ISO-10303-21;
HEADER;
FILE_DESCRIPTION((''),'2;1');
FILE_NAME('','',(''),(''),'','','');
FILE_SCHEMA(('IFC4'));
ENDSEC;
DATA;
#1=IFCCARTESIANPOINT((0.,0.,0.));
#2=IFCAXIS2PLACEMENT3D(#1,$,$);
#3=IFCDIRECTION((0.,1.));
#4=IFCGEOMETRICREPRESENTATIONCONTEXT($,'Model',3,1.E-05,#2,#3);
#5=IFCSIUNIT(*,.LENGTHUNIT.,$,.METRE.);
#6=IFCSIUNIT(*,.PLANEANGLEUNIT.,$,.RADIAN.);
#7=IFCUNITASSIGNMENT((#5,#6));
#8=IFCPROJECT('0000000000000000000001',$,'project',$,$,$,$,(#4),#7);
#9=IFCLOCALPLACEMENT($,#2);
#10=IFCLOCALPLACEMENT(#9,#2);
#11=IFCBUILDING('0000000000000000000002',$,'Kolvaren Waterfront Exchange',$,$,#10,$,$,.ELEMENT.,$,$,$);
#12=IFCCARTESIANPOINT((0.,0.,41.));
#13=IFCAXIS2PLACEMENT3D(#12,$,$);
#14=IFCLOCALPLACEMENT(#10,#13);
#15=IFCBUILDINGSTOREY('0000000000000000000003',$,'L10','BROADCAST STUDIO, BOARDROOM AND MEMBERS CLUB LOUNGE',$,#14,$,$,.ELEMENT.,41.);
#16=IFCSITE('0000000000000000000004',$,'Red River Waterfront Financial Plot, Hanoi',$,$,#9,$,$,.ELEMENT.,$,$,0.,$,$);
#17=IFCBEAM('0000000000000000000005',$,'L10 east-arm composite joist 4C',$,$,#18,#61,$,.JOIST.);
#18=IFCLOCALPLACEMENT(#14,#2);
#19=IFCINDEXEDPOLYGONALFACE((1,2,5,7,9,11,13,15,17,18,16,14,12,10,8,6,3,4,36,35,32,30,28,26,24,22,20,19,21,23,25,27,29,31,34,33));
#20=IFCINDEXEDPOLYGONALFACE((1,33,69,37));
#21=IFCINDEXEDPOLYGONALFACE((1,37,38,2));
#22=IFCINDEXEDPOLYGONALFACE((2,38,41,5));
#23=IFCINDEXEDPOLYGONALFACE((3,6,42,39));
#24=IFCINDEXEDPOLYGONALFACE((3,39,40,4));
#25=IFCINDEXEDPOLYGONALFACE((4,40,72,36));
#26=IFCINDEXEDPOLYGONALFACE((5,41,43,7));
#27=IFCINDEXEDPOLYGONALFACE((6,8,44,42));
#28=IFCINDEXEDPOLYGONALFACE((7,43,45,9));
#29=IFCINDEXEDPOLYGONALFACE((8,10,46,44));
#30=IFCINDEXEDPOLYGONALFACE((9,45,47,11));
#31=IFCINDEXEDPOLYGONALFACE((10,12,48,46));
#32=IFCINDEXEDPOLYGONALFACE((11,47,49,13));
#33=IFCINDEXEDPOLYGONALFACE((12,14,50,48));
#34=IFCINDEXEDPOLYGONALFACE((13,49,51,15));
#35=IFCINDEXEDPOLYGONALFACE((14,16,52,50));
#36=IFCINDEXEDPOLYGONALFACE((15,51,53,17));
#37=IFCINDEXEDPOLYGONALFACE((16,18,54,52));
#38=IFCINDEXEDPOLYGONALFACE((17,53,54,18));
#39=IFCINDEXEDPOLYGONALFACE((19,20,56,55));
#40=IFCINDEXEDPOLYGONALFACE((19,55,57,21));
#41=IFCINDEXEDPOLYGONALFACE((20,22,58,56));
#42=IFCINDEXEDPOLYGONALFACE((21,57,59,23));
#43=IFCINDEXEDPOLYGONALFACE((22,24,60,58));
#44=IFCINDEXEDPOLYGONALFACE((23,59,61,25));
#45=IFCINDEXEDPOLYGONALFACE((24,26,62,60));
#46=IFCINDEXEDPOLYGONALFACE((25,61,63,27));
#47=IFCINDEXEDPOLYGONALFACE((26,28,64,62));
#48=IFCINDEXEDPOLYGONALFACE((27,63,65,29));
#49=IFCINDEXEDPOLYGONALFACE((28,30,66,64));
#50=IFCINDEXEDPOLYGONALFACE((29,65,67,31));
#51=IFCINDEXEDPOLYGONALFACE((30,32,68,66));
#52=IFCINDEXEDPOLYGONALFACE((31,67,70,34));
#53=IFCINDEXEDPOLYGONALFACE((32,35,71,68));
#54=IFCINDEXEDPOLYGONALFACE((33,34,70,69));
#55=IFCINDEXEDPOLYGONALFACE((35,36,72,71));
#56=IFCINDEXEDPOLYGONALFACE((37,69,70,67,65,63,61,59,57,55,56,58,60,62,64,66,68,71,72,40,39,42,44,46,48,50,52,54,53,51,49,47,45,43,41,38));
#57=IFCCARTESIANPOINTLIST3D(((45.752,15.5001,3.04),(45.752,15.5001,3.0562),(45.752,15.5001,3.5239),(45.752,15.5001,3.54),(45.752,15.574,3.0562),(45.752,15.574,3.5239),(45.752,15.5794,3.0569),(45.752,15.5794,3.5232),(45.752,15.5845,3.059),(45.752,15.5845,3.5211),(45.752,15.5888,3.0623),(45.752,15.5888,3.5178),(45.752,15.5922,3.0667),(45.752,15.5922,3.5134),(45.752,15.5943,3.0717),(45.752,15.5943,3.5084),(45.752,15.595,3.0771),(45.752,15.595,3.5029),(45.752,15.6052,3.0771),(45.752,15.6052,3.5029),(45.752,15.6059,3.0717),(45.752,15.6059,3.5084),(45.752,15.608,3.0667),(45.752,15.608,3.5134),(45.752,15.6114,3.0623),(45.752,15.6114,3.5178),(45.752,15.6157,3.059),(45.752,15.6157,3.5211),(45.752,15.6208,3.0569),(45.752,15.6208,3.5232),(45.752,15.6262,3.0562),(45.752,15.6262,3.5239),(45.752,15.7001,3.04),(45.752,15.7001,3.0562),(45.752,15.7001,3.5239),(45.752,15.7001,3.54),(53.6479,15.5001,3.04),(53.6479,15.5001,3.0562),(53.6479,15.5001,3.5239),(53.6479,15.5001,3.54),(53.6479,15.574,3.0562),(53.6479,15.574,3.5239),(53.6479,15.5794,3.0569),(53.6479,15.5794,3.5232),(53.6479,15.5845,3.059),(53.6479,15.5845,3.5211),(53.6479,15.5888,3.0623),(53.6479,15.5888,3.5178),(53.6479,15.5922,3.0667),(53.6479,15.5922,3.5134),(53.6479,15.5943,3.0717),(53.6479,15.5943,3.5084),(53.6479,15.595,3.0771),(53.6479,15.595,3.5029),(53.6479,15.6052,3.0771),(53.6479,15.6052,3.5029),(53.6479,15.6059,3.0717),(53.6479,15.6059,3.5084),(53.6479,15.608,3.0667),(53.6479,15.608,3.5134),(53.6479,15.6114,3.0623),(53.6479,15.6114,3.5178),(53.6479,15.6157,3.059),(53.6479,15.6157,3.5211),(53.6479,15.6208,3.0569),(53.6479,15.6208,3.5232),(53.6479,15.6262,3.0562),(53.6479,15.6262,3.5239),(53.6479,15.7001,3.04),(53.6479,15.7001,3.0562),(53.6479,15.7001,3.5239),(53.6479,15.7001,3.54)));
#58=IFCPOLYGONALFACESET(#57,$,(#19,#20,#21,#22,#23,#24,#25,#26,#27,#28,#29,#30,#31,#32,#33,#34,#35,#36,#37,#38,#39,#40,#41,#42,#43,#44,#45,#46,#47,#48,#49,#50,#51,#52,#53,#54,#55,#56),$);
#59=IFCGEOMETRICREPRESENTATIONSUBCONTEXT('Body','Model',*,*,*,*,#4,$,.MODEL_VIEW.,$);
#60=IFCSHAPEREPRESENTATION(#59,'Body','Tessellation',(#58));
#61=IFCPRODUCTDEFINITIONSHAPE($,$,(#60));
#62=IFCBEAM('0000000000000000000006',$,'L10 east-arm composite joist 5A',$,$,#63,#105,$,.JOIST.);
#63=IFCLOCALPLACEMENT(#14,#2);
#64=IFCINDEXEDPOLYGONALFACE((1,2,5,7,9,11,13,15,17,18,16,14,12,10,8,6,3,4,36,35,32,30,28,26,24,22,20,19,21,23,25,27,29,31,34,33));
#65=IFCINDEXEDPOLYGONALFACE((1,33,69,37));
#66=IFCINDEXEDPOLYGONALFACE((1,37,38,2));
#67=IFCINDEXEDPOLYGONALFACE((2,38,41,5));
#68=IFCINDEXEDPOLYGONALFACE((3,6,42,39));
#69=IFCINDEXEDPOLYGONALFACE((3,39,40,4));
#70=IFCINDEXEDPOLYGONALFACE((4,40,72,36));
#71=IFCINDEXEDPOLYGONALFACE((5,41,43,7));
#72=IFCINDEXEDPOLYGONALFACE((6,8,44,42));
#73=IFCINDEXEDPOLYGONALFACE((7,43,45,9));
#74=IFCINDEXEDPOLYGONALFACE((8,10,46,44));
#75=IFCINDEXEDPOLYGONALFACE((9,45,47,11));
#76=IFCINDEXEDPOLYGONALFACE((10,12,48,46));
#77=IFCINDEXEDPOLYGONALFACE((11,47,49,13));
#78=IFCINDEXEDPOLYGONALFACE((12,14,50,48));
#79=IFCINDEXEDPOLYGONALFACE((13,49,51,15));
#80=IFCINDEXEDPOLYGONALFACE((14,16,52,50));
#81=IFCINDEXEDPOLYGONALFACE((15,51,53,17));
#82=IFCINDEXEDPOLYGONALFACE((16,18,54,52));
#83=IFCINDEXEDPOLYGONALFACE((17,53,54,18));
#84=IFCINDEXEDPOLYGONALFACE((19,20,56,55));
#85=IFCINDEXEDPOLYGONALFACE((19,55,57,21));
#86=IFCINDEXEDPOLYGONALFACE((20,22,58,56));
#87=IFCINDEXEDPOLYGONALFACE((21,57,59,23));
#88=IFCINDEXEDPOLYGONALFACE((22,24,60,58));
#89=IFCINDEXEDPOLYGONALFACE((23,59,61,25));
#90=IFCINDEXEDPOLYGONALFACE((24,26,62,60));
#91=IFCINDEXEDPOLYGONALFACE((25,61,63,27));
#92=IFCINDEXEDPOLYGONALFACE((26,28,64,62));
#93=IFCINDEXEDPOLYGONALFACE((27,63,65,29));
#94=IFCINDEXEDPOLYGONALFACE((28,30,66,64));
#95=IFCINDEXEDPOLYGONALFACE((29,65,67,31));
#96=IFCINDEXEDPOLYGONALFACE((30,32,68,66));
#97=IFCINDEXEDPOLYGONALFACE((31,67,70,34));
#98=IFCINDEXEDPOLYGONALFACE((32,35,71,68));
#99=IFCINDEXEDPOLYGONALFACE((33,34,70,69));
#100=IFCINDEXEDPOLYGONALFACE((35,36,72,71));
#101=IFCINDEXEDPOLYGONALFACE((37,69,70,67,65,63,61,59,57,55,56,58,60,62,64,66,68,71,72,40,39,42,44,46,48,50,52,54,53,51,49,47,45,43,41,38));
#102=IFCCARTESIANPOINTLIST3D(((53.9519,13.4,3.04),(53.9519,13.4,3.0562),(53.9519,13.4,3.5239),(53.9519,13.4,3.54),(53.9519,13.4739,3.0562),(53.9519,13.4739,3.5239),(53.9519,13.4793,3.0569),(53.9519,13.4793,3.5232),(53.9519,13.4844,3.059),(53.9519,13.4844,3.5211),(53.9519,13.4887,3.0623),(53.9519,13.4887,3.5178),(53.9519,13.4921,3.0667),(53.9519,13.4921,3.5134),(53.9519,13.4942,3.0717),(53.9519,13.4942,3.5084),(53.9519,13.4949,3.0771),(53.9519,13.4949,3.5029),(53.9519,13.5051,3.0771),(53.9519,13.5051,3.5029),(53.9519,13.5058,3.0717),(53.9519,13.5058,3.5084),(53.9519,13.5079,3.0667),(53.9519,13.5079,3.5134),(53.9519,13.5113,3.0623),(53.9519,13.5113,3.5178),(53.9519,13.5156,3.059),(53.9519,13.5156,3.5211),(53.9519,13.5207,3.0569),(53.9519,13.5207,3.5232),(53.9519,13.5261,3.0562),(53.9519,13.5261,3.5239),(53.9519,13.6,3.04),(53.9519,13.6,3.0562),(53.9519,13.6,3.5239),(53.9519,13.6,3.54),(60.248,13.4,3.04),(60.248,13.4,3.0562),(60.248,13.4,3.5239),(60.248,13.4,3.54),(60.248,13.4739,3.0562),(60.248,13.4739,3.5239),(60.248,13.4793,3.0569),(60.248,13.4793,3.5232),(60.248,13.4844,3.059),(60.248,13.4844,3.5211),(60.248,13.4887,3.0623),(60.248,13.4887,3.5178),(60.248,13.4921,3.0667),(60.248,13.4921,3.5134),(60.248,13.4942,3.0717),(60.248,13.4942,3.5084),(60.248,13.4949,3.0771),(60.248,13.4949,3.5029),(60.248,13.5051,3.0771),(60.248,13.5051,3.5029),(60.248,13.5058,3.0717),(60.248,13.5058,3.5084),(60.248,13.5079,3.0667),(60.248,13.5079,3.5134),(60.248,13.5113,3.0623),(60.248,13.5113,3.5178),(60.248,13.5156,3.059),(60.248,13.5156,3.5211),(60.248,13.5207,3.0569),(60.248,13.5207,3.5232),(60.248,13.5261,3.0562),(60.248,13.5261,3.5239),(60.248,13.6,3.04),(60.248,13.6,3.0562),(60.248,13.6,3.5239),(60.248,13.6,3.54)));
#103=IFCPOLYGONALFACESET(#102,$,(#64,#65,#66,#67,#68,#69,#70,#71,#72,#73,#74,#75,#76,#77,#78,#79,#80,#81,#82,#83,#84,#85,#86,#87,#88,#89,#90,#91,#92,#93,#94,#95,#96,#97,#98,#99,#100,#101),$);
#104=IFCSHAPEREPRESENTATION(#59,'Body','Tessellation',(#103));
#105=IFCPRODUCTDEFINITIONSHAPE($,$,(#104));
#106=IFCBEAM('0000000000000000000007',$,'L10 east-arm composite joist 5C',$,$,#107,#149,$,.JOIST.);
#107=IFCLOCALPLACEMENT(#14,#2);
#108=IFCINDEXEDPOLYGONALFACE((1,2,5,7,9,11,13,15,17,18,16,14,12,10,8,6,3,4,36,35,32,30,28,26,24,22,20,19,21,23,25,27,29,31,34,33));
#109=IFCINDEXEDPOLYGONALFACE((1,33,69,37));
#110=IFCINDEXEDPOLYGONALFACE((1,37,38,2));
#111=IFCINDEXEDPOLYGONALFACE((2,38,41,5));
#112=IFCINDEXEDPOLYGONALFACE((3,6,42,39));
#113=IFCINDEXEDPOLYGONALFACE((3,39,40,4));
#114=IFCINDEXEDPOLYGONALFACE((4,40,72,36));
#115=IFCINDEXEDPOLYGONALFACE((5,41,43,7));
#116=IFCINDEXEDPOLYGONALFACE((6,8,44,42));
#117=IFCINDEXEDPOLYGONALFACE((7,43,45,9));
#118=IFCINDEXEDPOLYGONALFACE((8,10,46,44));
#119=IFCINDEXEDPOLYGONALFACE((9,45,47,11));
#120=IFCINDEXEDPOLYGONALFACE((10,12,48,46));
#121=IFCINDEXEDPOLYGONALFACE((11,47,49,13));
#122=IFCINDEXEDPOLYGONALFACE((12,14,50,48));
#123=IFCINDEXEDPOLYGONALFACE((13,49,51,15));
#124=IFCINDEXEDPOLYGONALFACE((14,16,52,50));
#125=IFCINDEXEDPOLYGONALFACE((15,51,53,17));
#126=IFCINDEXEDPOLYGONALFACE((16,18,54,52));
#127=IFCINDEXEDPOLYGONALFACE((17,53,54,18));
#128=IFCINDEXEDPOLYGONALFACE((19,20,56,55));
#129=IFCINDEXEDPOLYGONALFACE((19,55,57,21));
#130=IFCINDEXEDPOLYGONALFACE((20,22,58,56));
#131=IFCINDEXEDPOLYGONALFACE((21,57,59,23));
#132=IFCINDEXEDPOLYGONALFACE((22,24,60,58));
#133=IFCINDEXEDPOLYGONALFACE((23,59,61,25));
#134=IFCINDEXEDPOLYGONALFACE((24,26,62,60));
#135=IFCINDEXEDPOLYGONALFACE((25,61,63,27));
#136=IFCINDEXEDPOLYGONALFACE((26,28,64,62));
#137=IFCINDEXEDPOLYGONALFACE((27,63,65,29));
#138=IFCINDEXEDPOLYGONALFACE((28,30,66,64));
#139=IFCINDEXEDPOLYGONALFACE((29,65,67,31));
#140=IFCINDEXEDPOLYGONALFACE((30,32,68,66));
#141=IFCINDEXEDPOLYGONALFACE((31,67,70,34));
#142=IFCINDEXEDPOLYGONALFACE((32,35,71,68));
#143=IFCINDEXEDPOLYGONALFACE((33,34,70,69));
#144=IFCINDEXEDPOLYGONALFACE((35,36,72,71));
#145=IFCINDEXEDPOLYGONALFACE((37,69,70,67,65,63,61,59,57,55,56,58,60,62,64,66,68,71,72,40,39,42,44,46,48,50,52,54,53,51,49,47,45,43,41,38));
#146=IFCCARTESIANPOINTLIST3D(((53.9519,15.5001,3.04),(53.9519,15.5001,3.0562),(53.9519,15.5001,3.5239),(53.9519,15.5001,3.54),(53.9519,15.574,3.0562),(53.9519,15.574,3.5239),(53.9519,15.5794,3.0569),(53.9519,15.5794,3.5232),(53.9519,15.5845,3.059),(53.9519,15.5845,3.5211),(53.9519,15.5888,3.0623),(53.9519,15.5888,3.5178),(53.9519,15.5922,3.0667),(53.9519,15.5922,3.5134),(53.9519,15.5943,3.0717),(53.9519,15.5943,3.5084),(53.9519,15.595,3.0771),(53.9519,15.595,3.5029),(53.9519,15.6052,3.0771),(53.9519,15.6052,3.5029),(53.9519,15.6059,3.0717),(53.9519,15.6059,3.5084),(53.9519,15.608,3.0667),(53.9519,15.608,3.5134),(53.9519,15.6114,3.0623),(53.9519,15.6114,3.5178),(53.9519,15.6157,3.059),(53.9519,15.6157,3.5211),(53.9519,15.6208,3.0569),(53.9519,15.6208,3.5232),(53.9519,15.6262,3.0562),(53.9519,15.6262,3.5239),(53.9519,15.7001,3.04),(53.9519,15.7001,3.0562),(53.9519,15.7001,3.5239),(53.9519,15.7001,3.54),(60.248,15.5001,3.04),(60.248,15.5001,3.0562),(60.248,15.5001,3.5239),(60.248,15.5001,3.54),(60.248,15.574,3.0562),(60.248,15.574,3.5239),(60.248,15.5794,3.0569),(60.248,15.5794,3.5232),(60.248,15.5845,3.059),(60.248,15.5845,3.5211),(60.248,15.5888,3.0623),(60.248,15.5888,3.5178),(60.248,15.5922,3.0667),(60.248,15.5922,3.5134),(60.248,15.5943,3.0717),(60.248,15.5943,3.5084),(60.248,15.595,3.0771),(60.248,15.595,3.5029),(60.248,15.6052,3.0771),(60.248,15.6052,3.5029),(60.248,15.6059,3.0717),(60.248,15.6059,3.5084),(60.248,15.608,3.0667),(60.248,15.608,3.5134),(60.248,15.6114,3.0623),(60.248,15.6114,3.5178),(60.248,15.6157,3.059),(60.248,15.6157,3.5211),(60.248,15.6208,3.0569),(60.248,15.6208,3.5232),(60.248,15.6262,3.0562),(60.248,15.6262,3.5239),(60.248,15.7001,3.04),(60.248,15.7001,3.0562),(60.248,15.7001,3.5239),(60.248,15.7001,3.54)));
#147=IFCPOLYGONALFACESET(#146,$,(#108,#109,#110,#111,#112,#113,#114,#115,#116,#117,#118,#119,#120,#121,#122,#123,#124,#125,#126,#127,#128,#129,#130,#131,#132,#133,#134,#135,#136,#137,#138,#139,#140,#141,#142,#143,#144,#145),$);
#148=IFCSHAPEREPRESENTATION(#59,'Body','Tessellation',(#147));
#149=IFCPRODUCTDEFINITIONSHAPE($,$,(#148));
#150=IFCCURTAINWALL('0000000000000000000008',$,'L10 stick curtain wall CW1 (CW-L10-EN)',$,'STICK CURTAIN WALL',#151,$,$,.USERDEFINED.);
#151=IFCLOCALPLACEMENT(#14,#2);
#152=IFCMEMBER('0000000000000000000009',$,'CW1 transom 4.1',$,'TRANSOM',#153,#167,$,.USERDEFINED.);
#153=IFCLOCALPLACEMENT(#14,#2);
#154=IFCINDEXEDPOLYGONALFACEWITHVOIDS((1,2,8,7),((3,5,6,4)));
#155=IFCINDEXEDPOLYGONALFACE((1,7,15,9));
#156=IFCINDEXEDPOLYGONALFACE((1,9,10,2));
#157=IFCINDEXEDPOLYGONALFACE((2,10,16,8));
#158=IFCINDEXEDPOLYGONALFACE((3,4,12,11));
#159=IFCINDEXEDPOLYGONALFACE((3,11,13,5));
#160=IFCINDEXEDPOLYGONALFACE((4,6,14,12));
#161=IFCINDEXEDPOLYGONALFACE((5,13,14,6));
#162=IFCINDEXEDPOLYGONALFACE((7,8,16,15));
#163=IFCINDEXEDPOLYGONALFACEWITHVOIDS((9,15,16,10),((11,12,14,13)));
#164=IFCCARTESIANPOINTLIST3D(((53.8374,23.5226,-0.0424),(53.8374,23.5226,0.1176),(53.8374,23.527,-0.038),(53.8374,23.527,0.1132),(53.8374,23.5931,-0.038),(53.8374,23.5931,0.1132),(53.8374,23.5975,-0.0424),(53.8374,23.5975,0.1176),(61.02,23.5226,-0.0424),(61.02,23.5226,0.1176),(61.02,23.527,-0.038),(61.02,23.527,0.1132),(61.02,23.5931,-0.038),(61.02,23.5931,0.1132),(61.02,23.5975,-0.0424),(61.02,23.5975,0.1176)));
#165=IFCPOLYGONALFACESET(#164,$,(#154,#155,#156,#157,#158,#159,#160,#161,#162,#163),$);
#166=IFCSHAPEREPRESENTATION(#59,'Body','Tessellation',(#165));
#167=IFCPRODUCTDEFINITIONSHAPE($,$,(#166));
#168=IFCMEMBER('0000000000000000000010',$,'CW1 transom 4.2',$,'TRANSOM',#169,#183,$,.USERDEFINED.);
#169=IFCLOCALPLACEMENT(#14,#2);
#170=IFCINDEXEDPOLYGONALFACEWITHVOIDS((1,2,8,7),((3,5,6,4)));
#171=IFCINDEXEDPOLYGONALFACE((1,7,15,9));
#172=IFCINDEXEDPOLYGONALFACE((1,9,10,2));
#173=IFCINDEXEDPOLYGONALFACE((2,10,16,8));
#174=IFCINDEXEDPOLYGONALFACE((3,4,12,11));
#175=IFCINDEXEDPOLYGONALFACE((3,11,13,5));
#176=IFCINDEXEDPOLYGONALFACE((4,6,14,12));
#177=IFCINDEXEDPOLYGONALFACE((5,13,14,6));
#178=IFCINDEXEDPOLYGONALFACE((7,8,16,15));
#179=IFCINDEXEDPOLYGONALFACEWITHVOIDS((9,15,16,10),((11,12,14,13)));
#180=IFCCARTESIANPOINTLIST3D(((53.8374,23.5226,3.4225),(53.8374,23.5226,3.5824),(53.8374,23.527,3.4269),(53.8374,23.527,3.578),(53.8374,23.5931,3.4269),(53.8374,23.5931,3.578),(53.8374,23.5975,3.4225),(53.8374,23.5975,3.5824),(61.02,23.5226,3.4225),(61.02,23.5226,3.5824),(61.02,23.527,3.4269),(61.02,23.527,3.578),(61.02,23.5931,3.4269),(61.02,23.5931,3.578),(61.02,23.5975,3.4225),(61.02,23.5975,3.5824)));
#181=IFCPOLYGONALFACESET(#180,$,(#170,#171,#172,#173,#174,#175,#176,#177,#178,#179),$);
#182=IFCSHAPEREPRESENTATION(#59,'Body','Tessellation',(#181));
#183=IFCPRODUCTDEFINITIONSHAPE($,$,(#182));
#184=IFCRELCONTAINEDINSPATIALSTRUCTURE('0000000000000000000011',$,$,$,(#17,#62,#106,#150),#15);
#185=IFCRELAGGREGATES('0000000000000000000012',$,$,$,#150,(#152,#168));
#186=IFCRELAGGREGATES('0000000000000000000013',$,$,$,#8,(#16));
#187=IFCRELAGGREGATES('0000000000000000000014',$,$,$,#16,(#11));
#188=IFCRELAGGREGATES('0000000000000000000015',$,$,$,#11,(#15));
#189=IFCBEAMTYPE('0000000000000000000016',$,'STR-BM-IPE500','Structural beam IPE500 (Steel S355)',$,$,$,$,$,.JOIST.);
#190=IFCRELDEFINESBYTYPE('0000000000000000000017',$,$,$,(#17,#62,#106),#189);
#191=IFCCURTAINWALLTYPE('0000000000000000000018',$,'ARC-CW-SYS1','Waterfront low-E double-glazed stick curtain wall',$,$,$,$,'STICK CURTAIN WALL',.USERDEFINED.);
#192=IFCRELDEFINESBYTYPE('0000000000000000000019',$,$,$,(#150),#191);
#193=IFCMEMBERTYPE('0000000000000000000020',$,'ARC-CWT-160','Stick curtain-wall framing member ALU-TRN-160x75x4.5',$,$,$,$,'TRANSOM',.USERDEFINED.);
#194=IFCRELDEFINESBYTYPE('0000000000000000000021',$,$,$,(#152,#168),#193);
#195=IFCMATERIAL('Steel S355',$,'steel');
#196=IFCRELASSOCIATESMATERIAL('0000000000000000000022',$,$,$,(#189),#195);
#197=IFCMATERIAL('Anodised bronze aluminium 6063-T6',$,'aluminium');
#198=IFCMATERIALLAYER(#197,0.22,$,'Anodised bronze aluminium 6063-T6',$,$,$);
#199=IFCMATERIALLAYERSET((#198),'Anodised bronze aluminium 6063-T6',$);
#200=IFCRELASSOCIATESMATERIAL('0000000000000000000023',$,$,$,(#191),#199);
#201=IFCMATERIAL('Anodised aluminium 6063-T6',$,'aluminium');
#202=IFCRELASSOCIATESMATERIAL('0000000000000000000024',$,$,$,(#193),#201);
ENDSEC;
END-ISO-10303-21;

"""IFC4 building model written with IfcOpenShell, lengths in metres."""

from ifc_helpers import new_model, si_unit, direction, frame, origin, origin_with_axes, origin_2d, place, context, subcontext, project, spatial, hollow_rectangle, i_section, extrude, source, transform, mapped, material, layer, layer_set, material_profile, profile_set, type_object, element, aggregate, save


model = new_model("IFC4")

# Units and contexts
model_context = context("Model", 3, precision=1e-05, world=origin(), true_north=direction((0.0, 1.0)))
body_context = subcontext(model_context, "Body", "Model", "MODEL_VIEW")
ifc_project = project(units=[si_unit("LENGTHUNIT", "METRE"), si_unit("PLANEANGLEUNIT", "RADIAN")], contexts=[model_context])

# Site, building, storey
site_placement = place(None, origin())
site = spatial("IfcSite", under=ifc_project, at=site_placement, Name="Red River Waterfront Financial Plot, Hanoi", CompositionType="ELEMENT", RefElevation=0.0)
building_placement = place(site_placement, origin())
building = spatial("IfcBuilding", under=site, at=building_placement, Name="Kolvaren Waterfront Exchange", CompositionType="ELEMENT")
storey_placement = place(building_placement, frame((0.0, 0.0, 41.0)))
storey = spatial("IfcBuildingStorey", under=building, at=storey_placement, Name="L10", Description="BROADCAST STUDIO, BOARDROOM AND MEMBERS CLUB LOUNGE", CompositionType="ELEMENT", Elevation=41.0)

# Beams
ifc_material_1 = material(Name="Steel S355", Category="steel")
ifc_material_profile_1 = material_profile(ifc_material_1, i_section(OverallWidth=0.2, OverallDepth=0.5, WebThickness=0.0103, FlangeThickness=0.0161, FilletRadius=0.021, at=origin_2d()), Name="IPE500")
ifc_profile_set_1 = profile_set([ifc_material_profile_1], Name="Steel S355")
beam_type_1 = type_object("IfcBeamType", Name="STR-BM-IPE500", Description="Structural beam IPE500 (Steel S355)", PredefinedType="JOIST", material=ifc_profile_set_1)
for number, where, z_axis, x_axis, name in (
    (1, (45.752, 15.6001, 3.29), (1.0, 0.0, 0.0), (0.0, 1.0, 0.0), "L10 east-arm composite joist 4C"),
):
    element("IfcBeam", number, at=place(storey_placement, frame(where, z_axis=z_axis, x_axis=x_axis)), inside=storey, type_object=beam_type_1, Name=name, PredefinedType="JOIST", context=body_context, shape_type="SweptSolid", body=[
        extrude(i_section(OverallWidth=0.2, OverallDepth=0.5, WebThickness=0.0103, FlangeThickness=0.0161, FilletRadius=0.021, at=origin_2d()), origin(), (0.0, 0.0, 1.0), 7.896),
    ])
for number, where, z_axis, x_axis, name in (
    (2, (53.9519, 13.5, 3.29), (1.0, 0.0, 0.0), (0.0, 1.0, 0.0), "L10 east-arm composite joist 5A"),
    (3, (53.9519, 15.6001, 3.29), (1.0, 0.0, 0.0), (0.0, 1.0, 0.0), "L10 east-arm composite joist 5C"),
):
    element("IfcBeam", number, at=place(storey_placement, frame(where, z_axis=z_axis, x_axis=x_axis)), inside=storey, type_object=beam_type_1, Name=name, PredefinedType="JOIST", context=body_context, shape_type="SweptSolid", body=[
        extrude(i_section(OverallWidth=0.2, OverallDepth=0.5, WebThickness=0.0103, FlangeThickness=0.0161, FilletRadius=0.021, at=origin_2d()), origin(), (0.0, 0.0, 1.0), 6.2961),
    ])

# Curtain wall, members
ifc_material_2 = material(Name="Anodised bronze aluminium 6063-T6", Category="aluminium")
ifc_layer_1 = layer(ifc_material_2, 0.22, Name="Anodised bronze aluminium 6063-T6")
ifc_layer_set_1 = layer_set([ifc_layer_1], Name="Anodised bronze aluminium 6063-T6")
curtain_wall_type = type_object("IfcCurtainWallType", Name="ARC-CW-SYS1", Description="Waterfront low-E double-glazed stick curtain wall", ElementType="STICK CURTAIN WALL", PredefinedType="USERDEFINED", material=ifc_layer_set_1)
curtain_wall_placement = place(storey_placement, origin())
curtain_wall = element("IfcCurtainWall", 4, at=curtain_wall_placement, inside=storey, type_object=curtain_wall_type, Name="L10 stick curtain wall CW1 (CW-L10-EN)", ObjectType="STICK CURTAIN WALL", PredefinedType="USERDEFINED")
ifc_material_3 = material(Name="Anodised aluminium 6063-T6", Category="aluminium")
ifc_material_profile_2 = material_profile(ifc_material_3, hollow_rectangle(XDim=0.075, YDim=0.1599, WallThickness=0.0044, at=origin_2d()), Name="ALU-TRN-160x75x4.5")
ifc_profile_set_2 = profile_set([ifc_material_profile_2], Name="Anodised aluminium 6063-T6")
member_type_1 = type_object("IfcMemberType", Name="ARC-CWT-160", Description="Stick curtain-wall framing member ALU-TRN-160x75x4.5", ElementType="TRANSOM", PredefinedType="USERDEFINED", material=ifc_profile_set_2)
shared_shape_1 = source(origin_with_axes(), body_context, "Body", "SweptSolid", [
    extrude(hollow_rectangle(XDim=0.075, YDim=0.1599, WallThickness=0.0044, at=origin_2d()), origin(), (0.0, 0.0, 1.0), 7.1826),
])
member_1_placement = place(storey_placement, frame((53.8374, 23.5601, 0.0376), z_axis=(1.0, 0.0, 0.0), x_axis=(0.0, 1.0, 0.0)))
member_1 = element("IfcMember", 5, at=member_1_placement, type_object=member_type_1, Name="CW1 transom 4.1", ObjectType="TRANSOM", PredefinedType="USERDEFINED", context=body_context, shape_type="MappedRepresentation", body=[
    mapped(shared_shape_1, transform((0.0, 0.0, 0.0), x_axis=(1.0, 0.0, 0.0), y_axis=(0.0, 1.0, 0.0), z_axis=(0.0, 0.0, 1.0), scale=1.0)),
])
member_2_placement = place(storey_placement, frame((53.8374, 23.5601, 3.5024), z_axis=(1.0, 0.0, 0.0), x_axis=(0.0, 1.0, 0.0)))
member_2 = element("IfcMember", 6, at=member_2_placement, type_object=member_type_1, Name="CW1 transom 4.2", ObjectType="TRANSOM", PredefinedType="USERDEFINED", context=body_context, shape_type="MappedRepresentation", body=[
    mapped(shared_shape_1, transform((0.0, 0.0, 0.0), x_axis=(1.0, 0.0, 0.0), y_axis=(0.0, 1.0, 0.0), z_axis=(0.0, 0.0, 1.0), scale=1.0)),
])
aggregate(curtain_wall, [member_1, member_2])

save(model, "model.ifc")
